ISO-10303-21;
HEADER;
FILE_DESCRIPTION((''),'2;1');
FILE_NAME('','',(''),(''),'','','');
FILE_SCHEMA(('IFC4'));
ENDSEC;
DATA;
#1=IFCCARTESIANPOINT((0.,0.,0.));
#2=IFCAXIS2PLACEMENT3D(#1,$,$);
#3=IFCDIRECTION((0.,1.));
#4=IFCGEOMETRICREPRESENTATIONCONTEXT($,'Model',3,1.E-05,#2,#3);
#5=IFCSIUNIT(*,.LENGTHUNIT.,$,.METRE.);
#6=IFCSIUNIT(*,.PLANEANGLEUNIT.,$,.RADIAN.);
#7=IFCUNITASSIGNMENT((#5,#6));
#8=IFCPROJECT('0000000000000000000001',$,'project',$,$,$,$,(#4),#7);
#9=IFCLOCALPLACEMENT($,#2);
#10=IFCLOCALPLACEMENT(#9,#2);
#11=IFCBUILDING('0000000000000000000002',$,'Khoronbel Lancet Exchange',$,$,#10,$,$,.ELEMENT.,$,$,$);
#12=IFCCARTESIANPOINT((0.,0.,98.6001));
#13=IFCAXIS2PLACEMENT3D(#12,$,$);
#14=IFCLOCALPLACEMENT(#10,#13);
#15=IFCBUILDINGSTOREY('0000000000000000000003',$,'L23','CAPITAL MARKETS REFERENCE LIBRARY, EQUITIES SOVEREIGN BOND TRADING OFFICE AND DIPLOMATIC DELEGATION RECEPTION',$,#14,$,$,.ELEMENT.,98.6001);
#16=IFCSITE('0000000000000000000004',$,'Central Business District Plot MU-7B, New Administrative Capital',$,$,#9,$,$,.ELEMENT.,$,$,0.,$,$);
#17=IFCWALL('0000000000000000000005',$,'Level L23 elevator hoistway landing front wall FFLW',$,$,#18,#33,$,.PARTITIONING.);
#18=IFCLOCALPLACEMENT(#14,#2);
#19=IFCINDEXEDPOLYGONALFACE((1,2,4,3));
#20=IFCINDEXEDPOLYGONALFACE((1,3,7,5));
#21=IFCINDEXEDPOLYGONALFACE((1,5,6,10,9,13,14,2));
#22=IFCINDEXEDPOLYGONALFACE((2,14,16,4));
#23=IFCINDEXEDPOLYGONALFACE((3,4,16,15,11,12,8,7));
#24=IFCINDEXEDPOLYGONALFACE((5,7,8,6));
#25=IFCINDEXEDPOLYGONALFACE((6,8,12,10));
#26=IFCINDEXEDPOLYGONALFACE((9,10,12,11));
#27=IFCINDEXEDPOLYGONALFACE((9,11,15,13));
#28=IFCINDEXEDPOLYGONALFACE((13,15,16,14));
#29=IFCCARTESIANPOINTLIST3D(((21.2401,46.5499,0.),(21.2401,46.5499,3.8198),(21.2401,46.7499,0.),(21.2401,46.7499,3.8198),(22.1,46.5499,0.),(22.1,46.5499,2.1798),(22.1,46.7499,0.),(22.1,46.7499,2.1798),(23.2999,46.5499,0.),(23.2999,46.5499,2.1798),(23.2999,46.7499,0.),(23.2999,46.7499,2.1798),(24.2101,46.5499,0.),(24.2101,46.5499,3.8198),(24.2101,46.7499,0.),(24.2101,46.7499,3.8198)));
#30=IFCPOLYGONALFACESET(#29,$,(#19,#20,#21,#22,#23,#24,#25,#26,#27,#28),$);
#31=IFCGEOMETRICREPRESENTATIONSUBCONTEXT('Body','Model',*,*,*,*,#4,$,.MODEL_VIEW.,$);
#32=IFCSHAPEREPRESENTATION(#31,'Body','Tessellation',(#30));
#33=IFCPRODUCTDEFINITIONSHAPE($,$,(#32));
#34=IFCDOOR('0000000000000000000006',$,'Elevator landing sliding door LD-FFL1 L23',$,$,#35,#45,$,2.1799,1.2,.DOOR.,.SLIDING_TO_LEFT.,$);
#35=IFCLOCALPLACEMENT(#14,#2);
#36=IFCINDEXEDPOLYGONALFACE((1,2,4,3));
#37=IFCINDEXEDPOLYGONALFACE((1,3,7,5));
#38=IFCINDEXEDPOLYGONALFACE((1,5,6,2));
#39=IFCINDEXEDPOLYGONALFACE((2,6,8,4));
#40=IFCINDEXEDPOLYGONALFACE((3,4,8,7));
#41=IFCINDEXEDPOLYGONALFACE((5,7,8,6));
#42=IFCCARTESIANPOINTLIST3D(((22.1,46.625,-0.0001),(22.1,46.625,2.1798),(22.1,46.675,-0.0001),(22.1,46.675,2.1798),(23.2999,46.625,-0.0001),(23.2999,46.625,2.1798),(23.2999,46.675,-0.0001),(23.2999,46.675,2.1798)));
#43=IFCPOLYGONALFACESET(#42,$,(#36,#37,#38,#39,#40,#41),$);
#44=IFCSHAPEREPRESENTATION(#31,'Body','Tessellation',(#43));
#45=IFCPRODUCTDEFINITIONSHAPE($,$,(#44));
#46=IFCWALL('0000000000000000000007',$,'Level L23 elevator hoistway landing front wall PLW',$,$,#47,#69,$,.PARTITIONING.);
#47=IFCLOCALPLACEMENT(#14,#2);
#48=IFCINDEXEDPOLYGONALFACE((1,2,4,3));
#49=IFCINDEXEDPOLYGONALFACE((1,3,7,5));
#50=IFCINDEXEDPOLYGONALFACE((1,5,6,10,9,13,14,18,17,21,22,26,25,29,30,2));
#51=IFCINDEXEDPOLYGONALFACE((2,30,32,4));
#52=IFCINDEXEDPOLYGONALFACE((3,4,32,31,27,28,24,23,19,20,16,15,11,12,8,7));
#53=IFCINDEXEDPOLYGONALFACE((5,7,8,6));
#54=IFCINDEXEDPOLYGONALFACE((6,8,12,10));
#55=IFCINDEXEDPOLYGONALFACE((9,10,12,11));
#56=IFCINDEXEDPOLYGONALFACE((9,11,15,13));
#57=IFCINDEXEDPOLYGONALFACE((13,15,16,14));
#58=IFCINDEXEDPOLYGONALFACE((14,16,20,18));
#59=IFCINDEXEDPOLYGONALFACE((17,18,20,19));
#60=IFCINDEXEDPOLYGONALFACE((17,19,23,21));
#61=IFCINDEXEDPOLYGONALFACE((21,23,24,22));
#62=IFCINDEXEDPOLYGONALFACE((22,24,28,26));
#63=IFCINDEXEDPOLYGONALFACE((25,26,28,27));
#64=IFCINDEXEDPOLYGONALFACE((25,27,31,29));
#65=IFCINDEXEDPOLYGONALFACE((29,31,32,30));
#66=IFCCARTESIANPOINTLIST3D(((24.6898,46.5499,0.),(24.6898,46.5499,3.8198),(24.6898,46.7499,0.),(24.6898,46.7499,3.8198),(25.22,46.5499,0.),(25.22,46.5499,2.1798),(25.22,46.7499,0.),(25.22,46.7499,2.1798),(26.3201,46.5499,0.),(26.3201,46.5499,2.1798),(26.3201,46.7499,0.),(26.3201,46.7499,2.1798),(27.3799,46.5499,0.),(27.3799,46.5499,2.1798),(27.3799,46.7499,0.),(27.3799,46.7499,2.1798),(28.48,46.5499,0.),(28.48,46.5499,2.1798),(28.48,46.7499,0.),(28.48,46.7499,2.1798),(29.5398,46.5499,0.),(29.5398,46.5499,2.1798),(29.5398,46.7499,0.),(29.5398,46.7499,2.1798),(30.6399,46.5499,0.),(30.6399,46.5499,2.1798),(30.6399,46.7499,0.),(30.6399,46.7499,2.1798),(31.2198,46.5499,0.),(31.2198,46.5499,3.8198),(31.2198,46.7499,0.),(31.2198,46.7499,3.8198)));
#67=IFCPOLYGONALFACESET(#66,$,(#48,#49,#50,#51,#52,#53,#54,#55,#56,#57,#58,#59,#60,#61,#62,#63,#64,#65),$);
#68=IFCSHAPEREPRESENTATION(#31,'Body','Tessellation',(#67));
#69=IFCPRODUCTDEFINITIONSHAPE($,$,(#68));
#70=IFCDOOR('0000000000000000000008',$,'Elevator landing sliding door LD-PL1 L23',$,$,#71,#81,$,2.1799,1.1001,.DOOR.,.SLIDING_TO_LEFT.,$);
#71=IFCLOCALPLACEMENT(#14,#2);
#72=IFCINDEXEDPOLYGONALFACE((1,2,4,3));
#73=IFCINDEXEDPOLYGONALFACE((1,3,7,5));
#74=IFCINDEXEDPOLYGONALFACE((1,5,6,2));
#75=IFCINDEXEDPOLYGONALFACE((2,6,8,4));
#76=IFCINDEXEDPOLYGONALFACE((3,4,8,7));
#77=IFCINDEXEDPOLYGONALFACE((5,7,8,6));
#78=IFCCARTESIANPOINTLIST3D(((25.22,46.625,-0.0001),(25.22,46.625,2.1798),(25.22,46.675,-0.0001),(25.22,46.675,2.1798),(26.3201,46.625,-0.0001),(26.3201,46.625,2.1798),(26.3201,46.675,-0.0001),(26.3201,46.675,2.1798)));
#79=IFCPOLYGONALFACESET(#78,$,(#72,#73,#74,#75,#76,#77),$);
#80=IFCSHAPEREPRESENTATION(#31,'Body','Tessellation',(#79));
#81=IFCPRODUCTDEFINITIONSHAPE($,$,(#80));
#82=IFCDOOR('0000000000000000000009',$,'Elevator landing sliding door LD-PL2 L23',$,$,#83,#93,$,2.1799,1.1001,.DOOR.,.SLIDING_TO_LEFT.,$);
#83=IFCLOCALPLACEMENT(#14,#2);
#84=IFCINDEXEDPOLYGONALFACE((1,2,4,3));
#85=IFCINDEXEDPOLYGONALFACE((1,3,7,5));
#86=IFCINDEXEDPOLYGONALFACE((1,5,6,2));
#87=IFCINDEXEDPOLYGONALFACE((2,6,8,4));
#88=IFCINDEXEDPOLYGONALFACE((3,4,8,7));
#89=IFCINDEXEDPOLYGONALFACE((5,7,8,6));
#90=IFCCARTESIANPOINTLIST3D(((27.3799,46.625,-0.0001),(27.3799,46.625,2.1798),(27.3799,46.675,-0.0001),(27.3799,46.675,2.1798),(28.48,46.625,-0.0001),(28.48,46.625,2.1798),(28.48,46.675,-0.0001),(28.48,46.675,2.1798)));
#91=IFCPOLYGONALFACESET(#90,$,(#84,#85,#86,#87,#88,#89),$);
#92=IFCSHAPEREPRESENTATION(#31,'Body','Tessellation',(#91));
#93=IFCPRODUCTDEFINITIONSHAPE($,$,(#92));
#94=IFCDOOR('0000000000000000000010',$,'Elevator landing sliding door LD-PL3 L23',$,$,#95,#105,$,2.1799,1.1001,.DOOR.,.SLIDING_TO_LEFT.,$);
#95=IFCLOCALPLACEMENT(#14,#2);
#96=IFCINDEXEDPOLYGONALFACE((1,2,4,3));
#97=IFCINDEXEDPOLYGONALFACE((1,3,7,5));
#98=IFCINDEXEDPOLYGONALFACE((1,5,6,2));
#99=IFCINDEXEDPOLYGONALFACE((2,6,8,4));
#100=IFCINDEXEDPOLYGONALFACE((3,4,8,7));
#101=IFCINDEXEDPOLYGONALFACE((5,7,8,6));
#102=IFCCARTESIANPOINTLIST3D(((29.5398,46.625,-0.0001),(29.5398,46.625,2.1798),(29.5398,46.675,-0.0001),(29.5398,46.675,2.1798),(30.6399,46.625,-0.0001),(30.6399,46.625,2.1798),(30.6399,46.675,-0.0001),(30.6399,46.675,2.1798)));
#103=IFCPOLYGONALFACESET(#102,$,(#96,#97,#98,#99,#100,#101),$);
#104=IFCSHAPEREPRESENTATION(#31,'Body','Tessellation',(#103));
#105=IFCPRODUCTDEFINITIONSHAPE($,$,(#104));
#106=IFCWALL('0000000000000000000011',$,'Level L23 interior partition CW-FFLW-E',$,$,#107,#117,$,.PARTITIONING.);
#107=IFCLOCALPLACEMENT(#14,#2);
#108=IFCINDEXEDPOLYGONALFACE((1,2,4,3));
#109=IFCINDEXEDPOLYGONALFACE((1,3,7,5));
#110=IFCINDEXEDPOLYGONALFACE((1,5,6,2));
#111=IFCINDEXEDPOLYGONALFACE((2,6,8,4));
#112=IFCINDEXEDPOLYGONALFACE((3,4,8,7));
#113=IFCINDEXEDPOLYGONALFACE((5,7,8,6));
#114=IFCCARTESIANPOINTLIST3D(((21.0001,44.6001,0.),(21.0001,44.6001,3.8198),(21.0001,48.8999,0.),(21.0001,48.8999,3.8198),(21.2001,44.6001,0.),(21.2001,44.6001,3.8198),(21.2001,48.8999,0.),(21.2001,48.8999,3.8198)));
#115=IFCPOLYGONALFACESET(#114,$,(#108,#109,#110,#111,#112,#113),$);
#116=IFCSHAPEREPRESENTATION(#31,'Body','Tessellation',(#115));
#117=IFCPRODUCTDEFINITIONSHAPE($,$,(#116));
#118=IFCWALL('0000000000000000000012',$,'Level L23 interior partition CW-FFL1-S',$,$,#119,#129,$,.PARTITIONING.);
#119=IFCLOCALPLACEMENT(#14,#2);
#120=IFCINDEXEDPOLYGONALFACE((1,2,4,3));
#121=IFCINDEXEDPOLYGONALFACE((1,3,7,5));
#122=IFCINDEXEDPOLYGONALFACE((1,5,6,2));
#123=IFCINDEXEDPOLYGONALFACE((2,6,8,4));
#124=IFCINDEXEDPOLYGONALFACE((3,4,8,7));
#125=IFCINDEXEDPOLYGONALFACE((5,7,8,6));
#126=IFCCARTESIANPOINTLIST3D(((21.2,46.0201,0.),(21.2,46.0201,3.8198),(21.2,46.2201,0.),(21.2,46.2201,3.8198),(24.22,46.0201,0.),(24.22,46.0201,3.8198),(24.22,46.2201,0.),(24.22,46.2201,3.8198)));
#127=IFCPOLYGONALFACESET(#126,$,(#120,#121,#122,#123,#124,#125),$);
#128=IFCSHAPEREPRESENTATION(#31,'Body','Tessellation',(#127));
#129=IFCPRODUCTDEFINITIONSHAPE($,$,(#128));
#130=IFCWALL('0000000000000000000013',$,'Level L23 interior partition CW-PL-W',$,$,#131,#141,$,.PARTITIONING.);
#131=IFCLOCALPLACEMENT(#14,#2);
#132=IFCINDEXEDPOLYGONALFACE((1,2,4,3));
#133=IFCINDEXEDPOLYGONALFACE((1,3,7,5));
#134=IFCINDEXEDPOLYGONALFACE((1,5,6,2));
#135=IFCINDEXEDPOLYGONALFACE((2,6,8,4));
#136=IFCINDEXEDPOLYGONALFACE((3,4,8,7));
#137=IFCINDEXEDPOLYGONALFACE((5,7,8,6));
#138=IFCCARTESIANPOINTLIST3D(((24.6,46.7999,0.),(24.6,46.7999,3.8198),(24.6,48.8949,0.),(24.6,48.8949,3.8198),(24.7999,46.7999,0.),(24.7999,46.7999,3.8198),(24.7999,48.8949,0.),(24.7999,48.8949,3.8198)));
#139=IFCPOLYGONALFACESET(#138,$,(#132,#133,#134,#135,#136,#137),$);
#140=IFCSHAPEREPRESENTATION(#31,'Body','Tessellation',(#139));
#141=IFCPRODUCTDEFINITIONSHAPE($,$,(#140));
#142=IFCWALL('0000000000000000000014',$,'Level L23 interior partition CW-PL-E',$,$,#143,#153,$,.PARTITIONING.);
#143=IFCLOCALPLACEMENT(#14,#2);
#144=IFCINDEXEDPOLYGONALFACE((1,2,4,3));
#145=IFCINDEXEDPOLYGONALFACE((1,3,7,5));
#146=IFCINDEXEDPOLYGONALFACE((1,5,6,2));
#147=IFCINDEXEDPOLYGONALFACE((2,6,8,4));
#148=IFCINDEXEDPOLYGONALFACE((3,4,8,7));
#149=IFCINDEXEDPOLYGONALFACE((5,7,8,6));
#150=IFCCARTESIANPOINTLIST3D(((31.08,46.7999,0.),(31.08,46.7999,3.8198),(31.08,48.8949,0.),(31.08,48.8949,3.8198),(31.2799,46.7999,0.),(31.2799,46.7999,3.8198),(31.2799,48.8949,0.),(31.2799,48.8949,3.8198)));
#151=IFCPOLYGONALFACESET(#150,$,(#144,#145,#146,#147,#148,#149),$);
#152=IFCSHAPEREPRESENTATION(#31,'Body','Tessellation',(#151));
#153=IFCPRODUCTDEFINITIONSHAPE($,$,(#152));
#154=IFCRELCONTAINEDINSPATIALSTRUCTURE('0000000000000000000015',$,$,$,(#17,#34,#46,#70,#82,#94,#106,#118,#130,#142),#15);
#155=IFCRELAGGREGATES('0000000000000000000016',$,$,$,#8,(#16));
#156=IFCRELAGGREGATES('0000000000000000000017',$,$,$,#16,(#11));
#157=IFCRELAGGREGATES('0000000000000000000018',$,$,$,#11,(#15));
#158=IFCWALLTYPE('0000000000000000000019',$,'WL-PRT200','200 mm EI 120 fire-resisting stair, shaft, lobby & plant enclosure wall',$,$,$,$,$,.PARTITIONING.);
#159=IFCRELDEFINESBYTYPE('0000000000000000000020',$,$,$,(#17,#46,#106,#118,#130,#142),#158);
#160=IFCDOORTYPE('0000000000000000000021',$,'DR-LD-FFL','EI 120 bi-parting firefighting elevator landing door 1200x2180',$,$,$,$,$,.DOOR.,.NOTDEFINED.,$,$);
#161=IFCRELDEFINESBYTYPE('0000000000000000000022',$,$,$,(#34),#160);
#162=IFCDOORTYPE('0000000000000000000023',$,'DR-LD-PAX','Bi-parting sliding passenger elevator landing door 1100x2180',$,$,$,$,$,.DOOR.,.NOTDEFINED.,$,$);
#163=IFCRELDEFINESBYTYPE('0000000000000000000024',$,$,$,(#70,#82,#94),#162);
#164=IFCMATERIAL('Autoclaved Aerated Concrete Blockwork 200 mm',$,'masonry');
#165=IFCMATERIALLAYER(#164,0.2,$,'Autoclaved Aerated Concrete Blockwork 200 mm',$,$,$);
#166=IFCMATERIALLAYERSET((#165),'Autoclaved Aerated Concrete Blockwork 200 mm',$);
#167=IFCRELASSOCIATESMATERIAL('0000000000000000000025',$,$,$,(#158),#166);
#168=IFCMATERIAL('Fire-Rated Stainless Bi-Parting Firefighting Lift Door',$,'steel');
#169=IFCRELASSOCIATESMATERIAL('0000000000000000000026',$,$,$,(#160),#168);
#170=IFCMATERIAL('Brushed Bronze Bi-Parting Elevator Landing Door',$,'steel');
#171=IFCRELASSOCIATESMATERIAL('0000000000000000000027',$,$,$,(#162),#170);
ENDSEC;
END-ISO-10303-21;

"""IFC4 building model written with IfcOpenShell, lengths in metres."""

from ifc_helpers import new_model, si_unit, direction, frame, frame_2d, origin, place, context, subcontext, project, spatial, rectangle, extrude, material, layer, layer_set, type_object, element, fill, save


model = new_model("IFC4")

# Units and contexts
model_context = context("Model", 3, precision=1e-05, world=origin(), true_north=direction((0.0, 1.0)))
body_context = subcontext(model_context, "Body", "Model", "MODEL_VIEW")
ifc_project = project(units=[si_unit("LENGTHUNIT", "METRE"), si_unit("PLANEANGLEUNIT", "RADIAN")], contexts=[model_context])

# Site, building, storey
site_placement = place(None, origin())
site = spatial("IfcSite", under=ifc_project, at=site_placement, Name="Central Business District Plot MU-7B, New Administrative Capital", CompositionType="ELEMENT", RefElevation=0.0)
building_placement = place(site_placement, origin())
building = spatial("IfcBuilding", under=site, at=building_placement, Name="Khoronbel Lancet Exchange", CompositionType="ELEMENT")
storey_placement = place(building_placement, frame((0.0, 0.0, 98.6001)))
storey = spatial("IfcBuildingStorey", under=building, at=storey_placement, Name="L23", Description="CAPITAL MARKETS REFERENCE LIBRARY, EQUITIES SOVEREIGN BOND TRADING OFFICE AND DIPLOMATIC DELEGATION RECEPTION", CompositionType="ELEMENT", Elevation=98.6001)

# Wall, opening, door
ifc_material_1 = material(Name="Autoclaved Aerated Concrete Blockwork 200 mm", Category="masonry")
ifc_layer_1 = layer(ifc_material_1, 0.2, Name="Autoclaved Aerated Concrete Blockwork 200 mm")
ifc_layer_set_1 = layer_set([ifc_layer_1], Name="Autoclaved Aerated Concrete Blockwork 200 mm")
wall_type_1 = type_object("IfcWallType", Name="WL-PRT200", Description="200 mm EI 120 fire-resisting stair, shaft, lobby & plant enclosure wall", PredefinedType="PARTITIONING", material=ifc_layer_set_1)
wall_1_placement = place(storey_placement, frame((24.21, 46.6499, 0.0), z_axis=(0.0, 0.0, 1.0), x_axis=(-1.0, 0.0, 0.0)))
wall_1 = element("IfcWall", 1, at=wall_1_placement, inside=storey, type_object=wall_type_1, Name="Level L23 elevator hoistway landing front wall FFLW", PredefinedType="PARTITIONING", context=body_context, shape_type="SweptSolid", body=[
    extrude(rectangle(XDim=2.97, YDim=0.2, at=frame_2d((1.4849, 0.0))), origin(), (0.0, 0.0, 1.0), 3.8198),
])
opening_1_placement = place(wall_1_placement, frame((0.9099, 0.0, 0.0)))
opening_1 = element("IfcOpeningElement", 2, at=opening_1_placement, cuts=wall_1, PredefinedType="OPENING", context=body_context, shape_type="SweptSolid", body=[
    extrude(rectangle(XDim=1.2, YDim=2.1799, at=frame_2d((0.6001, 1.0898))), frame((0.0, 0.1099, 0.0), z_axis=(0.0, -1.0, 0.0), x_axis=(1.0, 0.0, 0.0)), (0.0, 0.0, 1.0), 0.22),
])
ifc_material_2 = material(Name="Fire-Rated Stainless Bi-Parting Firefighting Lift Door", Category="steel")
door_type_1 = type_object("IfcDoorType", Name="DR-LD-FFL", Description="EI 120 bi-parting firefighting elevator landing door 1200x2180", OperationType="NOTDEFINED", PredefinedType="DOOR", material=ifc_material_2)
door_1_placement = place(opening_1_placement, origin())
door_1 = element("IfcDoor", 3, at=door_1_placement, inside=storey, type_object=door_type_1, Name="Elevator landing sliding door LD-FFL1 L23", OperationType="SLIDING_TO_LEFT", OverallHeight=2.1799, OverallWidth=1.2, PredefinedType="DOOR", context=body_context, shape_type="SweptSolid", body=[
    extrude(rectangle(XDim=1.2, YDim=2.1799, at=frame_2d((0.6001, 1.0898))), frame((0.0, 0.0249, 0.0), z_axis=(0.0, -1.0, 0.0), x_axis=(1.0, 0.0, 0.0)), (0.0, 0.0, 1.0), 0.05),
])
fill(opening_1, door_1)

# Wall, openings, doors
wall_2_placement = place(storey_placement, frame((31.22, 46.6499, 0.0), z_axis=(0.0, 0.0, 1.0), x_axis=(-1.0, 0.0, 0.0)))
wall_2 = element("IfcWall", 4, at=wall_2_placement, inside=storey, type_object=wall_type_1, Name="Level L23 elevator hoistway landing front wall PLW", PredefinedType="PARTITIONING", context=body_context, shape_type="SweptSolid", body=[
    extrude(rectangle(XDim=6.53, YDim=0.2, at=frame_2d((3.2651, 0.0))), origin(), (0.0, 0.0, 1.0), 3.8198),
])
opening_2_placement = place(wall_2_placement, frame((4.8999, 0.0, 0.0)))
opening_2 = element("IfcOpeningElement", 5, at=opening_2_placement, cuts=wall_2, PredefinedType="OPENING", context=body_context, shape_type="SweptSolid", body=[
    extrude(rectangle(XDim=1.1001, YDim=2.1799, at=frame_2d((0.55, 1.0898))), frame((0.0, 0.1099, 0.0), z_axis=(0.0, -1.0, 0.0), x_axis=(1.0, 0.0, 0.0)), (0.0, 0.0, 1.0), 0.22),
])
opening_3_placement = place(wall_2_placement, frame((2.74, 0.0, 0.0)))
opening_3 = element("IfcOpeningElement", 6, at=opening_3_placement, cuts=wall_2, PredefinedType="OPENING", context=body_context, shape_type="SweptSolid", body=[
    extrude(rectangle(XDim=1.1001, YDim=2.1799, at=frame_2d((0.55, 1.0898))), frame((0.0, 0.1099, 0.0), z_axis=(0.0, -1.0, 0.0), x_axis=(1.0, 0.0, 0.0)), (0.0, 0.0, 1.0), 0.22),
])
opening_4_placement = place(wall_2_placement, frame((0.5801, 0.0, 0.0)))
opening_4 = element("IfcOpeningElement", 7, at=opening_4_placement, cuts=wall_2, PredefinedType="OPENING", context=body_context, shape_type="SweptSolid", body=[
    extrude(rectangle(XDim=1.1001, YDim=2.1799, at=frame_2d((0.55, 1.0898))), frame((0.0, 0.1099, 0.0), z_axis=(0.0, -1.0, 0.0), x_axis=(1.0, 0.0, 0.0)), (0.0, 0.0, 1.0), 0.22),
])
ifc_material_3 = material(Name="Brushed Bronze Bi-Parting Elevator Landing Door", Category="steel")
door_type_2 = type_object("IfcDoorType", Name="DR-LD-PAX", Description="Bi-parting sliding passenger elevator landing door 1100x2180", OperationType="NOTDEFINED", PredefinedType="DOOR", material=ifc_material_3)
door_2_placement = place(opening_2_placement, origin())
door_2 = element("IfcDoor", 8, at=door_2_placement, inside=storey, type_object=door_type_2, Name="Elevator landing sliding door LD-PL1 L23", OperationType="SLIDING_TO_LEFT", OverallHeight=2.1799, OverallWidth=1.1001, PredefinedType="DOOR", context=body_context, shape_type="SweptSolid", body=[
    extrude(rectangle(XDim=1.1001, YDim=2.1799, at=frame_2d((0.55, 1.0898))), frame((0.0, 0.0249, 0.0), z_axis=(0.0, -1.0, 0.0), x_axis=(1.0, 0.0, 0.0)), (0.0, 0.0, 1.0), 0.05),
])
fill(opening_2, door_2)
door_3_placement = place(opening_3_placement, origin())
door_3 = element("IfcDoor", 9, at=door_3_placement, inside=storey, type_object=door_type_2, Name="Elevator landing sliding door LD-PL2 L23", OperationType="SLIDING_TO_LEFT", OverallHeight=2.1799, OverallWidth=1.1001, PredefinedType="DOOR", context=body_context, shape_type="SweptSolid", body=[
    extrude(rectangle(XDim=1.1001, YDim=2.1799, at=frame_2d((0.55, 1.0898))), frame((0.0, 0.0249, 0.0), z_axis=(0.0, -1.0, 0.0), x_axis=(1.0, 0.0, 0.0)), (0.0, 0.0, 1.0), 0.05),
])
fill(opening_3, door_3)
door_4_placement = place(opening_4_placement, origin())
door_4 = element("IfcDoor", 10, at=door_4_placement, inside=storey, type_object=door_type_2, Name="Elevator landing sliding door LD-PL3 L23", OperationType="SLIDING_TO_LEFT", OverallHeight=2.1799, OverallWidth=1.1001, PredefinedType="DOOR", context=body_context, shape_type="SweptSolid", body=[
    extrude(rectangle(XDim=1.1001, YDim=2.1799, at=frame_2d((0.55, 1.0898))), frame((0.0, 0.0249, 0.0), z_axis=(0.0, -1.0, 0.0), x_axis=(1.0, 0.0, 0.0)), (0.0, 0.0, 1.0), 0.05),
])
fill(opening_4, door_4)

# Walls
wall_3_placement = place(storey_placement, frame((21.1001, 44.6001, 0.0), z_axis=(0.0, 0.0, 1.0), x_axis=(0.0, 1.0, 0.0)))
element("IfcWall", 11, at=wall_3_placement, inside=storey, type_object=wall_type_1, Name="Level L23 interior partition CW-FFLW-E", PredefinedType="PARTITIONING", context=body_context, shape_type="SweptSolid", body=[
    extrude(rectangle(XDim=4.2998, YDim=0.2, at=frame_2d((2.1499, 0.0))), origin(), (0.0, 0.0, 1.0), 3.8198),
])
wall_4_placement = place(storey_placement, frame((21.2, 46.1201, 0.0), z_axis=(0.0, 0.0, 1.0), x_axis=(1.0, 0.0, 0.0)))
element("IfcWall", 12, at=wall_4_placement, inside=storey, type_object=wall_type_1, Name="Level L23 interior partition CW-FFL1-S", PredefinedType="PARTITIONING", context=body_context, shape_type="SweptSolid", body=[
    extrude(rectangle(XDim=3.02, YDim=0.2, at=frame_2d((1.51, 0.0))), origin(), (0.0, 0.0, 1.0), 3.8198),
])
for number, where, z_axis, x_axis, name in (
    (13, (24.7, 46.8, 0.0), (0.0, 0.0, 1.0), (0.0, 1.0, 0.0), "Level L23 interior partition CW-PL-W"),
    (14, (31.1799, 46.8, 0.0), (0.0, 0.0, 1.0), (0.0, 1.0, 0.0), "Level L23 interior partition CW-PL-E"),
):
    element("IfcWall", number, at=place(storey_placement, frame(where, z_axis=z_axis, x_axis=x_axis)), inside=storey, type_object=wall_type_1, Name=name, PredefinedType="PARTITIONING", context=body_context, shape_type="SweptSolid", body=[
        extrude(rectangle(XDim=2.095, YDim=0.2, at=frame_2d((1.0474, 0.0))), origin(), (0.0, 0.0, 1.0), 3.8198),
    ])

save(model, "model.ifc")
